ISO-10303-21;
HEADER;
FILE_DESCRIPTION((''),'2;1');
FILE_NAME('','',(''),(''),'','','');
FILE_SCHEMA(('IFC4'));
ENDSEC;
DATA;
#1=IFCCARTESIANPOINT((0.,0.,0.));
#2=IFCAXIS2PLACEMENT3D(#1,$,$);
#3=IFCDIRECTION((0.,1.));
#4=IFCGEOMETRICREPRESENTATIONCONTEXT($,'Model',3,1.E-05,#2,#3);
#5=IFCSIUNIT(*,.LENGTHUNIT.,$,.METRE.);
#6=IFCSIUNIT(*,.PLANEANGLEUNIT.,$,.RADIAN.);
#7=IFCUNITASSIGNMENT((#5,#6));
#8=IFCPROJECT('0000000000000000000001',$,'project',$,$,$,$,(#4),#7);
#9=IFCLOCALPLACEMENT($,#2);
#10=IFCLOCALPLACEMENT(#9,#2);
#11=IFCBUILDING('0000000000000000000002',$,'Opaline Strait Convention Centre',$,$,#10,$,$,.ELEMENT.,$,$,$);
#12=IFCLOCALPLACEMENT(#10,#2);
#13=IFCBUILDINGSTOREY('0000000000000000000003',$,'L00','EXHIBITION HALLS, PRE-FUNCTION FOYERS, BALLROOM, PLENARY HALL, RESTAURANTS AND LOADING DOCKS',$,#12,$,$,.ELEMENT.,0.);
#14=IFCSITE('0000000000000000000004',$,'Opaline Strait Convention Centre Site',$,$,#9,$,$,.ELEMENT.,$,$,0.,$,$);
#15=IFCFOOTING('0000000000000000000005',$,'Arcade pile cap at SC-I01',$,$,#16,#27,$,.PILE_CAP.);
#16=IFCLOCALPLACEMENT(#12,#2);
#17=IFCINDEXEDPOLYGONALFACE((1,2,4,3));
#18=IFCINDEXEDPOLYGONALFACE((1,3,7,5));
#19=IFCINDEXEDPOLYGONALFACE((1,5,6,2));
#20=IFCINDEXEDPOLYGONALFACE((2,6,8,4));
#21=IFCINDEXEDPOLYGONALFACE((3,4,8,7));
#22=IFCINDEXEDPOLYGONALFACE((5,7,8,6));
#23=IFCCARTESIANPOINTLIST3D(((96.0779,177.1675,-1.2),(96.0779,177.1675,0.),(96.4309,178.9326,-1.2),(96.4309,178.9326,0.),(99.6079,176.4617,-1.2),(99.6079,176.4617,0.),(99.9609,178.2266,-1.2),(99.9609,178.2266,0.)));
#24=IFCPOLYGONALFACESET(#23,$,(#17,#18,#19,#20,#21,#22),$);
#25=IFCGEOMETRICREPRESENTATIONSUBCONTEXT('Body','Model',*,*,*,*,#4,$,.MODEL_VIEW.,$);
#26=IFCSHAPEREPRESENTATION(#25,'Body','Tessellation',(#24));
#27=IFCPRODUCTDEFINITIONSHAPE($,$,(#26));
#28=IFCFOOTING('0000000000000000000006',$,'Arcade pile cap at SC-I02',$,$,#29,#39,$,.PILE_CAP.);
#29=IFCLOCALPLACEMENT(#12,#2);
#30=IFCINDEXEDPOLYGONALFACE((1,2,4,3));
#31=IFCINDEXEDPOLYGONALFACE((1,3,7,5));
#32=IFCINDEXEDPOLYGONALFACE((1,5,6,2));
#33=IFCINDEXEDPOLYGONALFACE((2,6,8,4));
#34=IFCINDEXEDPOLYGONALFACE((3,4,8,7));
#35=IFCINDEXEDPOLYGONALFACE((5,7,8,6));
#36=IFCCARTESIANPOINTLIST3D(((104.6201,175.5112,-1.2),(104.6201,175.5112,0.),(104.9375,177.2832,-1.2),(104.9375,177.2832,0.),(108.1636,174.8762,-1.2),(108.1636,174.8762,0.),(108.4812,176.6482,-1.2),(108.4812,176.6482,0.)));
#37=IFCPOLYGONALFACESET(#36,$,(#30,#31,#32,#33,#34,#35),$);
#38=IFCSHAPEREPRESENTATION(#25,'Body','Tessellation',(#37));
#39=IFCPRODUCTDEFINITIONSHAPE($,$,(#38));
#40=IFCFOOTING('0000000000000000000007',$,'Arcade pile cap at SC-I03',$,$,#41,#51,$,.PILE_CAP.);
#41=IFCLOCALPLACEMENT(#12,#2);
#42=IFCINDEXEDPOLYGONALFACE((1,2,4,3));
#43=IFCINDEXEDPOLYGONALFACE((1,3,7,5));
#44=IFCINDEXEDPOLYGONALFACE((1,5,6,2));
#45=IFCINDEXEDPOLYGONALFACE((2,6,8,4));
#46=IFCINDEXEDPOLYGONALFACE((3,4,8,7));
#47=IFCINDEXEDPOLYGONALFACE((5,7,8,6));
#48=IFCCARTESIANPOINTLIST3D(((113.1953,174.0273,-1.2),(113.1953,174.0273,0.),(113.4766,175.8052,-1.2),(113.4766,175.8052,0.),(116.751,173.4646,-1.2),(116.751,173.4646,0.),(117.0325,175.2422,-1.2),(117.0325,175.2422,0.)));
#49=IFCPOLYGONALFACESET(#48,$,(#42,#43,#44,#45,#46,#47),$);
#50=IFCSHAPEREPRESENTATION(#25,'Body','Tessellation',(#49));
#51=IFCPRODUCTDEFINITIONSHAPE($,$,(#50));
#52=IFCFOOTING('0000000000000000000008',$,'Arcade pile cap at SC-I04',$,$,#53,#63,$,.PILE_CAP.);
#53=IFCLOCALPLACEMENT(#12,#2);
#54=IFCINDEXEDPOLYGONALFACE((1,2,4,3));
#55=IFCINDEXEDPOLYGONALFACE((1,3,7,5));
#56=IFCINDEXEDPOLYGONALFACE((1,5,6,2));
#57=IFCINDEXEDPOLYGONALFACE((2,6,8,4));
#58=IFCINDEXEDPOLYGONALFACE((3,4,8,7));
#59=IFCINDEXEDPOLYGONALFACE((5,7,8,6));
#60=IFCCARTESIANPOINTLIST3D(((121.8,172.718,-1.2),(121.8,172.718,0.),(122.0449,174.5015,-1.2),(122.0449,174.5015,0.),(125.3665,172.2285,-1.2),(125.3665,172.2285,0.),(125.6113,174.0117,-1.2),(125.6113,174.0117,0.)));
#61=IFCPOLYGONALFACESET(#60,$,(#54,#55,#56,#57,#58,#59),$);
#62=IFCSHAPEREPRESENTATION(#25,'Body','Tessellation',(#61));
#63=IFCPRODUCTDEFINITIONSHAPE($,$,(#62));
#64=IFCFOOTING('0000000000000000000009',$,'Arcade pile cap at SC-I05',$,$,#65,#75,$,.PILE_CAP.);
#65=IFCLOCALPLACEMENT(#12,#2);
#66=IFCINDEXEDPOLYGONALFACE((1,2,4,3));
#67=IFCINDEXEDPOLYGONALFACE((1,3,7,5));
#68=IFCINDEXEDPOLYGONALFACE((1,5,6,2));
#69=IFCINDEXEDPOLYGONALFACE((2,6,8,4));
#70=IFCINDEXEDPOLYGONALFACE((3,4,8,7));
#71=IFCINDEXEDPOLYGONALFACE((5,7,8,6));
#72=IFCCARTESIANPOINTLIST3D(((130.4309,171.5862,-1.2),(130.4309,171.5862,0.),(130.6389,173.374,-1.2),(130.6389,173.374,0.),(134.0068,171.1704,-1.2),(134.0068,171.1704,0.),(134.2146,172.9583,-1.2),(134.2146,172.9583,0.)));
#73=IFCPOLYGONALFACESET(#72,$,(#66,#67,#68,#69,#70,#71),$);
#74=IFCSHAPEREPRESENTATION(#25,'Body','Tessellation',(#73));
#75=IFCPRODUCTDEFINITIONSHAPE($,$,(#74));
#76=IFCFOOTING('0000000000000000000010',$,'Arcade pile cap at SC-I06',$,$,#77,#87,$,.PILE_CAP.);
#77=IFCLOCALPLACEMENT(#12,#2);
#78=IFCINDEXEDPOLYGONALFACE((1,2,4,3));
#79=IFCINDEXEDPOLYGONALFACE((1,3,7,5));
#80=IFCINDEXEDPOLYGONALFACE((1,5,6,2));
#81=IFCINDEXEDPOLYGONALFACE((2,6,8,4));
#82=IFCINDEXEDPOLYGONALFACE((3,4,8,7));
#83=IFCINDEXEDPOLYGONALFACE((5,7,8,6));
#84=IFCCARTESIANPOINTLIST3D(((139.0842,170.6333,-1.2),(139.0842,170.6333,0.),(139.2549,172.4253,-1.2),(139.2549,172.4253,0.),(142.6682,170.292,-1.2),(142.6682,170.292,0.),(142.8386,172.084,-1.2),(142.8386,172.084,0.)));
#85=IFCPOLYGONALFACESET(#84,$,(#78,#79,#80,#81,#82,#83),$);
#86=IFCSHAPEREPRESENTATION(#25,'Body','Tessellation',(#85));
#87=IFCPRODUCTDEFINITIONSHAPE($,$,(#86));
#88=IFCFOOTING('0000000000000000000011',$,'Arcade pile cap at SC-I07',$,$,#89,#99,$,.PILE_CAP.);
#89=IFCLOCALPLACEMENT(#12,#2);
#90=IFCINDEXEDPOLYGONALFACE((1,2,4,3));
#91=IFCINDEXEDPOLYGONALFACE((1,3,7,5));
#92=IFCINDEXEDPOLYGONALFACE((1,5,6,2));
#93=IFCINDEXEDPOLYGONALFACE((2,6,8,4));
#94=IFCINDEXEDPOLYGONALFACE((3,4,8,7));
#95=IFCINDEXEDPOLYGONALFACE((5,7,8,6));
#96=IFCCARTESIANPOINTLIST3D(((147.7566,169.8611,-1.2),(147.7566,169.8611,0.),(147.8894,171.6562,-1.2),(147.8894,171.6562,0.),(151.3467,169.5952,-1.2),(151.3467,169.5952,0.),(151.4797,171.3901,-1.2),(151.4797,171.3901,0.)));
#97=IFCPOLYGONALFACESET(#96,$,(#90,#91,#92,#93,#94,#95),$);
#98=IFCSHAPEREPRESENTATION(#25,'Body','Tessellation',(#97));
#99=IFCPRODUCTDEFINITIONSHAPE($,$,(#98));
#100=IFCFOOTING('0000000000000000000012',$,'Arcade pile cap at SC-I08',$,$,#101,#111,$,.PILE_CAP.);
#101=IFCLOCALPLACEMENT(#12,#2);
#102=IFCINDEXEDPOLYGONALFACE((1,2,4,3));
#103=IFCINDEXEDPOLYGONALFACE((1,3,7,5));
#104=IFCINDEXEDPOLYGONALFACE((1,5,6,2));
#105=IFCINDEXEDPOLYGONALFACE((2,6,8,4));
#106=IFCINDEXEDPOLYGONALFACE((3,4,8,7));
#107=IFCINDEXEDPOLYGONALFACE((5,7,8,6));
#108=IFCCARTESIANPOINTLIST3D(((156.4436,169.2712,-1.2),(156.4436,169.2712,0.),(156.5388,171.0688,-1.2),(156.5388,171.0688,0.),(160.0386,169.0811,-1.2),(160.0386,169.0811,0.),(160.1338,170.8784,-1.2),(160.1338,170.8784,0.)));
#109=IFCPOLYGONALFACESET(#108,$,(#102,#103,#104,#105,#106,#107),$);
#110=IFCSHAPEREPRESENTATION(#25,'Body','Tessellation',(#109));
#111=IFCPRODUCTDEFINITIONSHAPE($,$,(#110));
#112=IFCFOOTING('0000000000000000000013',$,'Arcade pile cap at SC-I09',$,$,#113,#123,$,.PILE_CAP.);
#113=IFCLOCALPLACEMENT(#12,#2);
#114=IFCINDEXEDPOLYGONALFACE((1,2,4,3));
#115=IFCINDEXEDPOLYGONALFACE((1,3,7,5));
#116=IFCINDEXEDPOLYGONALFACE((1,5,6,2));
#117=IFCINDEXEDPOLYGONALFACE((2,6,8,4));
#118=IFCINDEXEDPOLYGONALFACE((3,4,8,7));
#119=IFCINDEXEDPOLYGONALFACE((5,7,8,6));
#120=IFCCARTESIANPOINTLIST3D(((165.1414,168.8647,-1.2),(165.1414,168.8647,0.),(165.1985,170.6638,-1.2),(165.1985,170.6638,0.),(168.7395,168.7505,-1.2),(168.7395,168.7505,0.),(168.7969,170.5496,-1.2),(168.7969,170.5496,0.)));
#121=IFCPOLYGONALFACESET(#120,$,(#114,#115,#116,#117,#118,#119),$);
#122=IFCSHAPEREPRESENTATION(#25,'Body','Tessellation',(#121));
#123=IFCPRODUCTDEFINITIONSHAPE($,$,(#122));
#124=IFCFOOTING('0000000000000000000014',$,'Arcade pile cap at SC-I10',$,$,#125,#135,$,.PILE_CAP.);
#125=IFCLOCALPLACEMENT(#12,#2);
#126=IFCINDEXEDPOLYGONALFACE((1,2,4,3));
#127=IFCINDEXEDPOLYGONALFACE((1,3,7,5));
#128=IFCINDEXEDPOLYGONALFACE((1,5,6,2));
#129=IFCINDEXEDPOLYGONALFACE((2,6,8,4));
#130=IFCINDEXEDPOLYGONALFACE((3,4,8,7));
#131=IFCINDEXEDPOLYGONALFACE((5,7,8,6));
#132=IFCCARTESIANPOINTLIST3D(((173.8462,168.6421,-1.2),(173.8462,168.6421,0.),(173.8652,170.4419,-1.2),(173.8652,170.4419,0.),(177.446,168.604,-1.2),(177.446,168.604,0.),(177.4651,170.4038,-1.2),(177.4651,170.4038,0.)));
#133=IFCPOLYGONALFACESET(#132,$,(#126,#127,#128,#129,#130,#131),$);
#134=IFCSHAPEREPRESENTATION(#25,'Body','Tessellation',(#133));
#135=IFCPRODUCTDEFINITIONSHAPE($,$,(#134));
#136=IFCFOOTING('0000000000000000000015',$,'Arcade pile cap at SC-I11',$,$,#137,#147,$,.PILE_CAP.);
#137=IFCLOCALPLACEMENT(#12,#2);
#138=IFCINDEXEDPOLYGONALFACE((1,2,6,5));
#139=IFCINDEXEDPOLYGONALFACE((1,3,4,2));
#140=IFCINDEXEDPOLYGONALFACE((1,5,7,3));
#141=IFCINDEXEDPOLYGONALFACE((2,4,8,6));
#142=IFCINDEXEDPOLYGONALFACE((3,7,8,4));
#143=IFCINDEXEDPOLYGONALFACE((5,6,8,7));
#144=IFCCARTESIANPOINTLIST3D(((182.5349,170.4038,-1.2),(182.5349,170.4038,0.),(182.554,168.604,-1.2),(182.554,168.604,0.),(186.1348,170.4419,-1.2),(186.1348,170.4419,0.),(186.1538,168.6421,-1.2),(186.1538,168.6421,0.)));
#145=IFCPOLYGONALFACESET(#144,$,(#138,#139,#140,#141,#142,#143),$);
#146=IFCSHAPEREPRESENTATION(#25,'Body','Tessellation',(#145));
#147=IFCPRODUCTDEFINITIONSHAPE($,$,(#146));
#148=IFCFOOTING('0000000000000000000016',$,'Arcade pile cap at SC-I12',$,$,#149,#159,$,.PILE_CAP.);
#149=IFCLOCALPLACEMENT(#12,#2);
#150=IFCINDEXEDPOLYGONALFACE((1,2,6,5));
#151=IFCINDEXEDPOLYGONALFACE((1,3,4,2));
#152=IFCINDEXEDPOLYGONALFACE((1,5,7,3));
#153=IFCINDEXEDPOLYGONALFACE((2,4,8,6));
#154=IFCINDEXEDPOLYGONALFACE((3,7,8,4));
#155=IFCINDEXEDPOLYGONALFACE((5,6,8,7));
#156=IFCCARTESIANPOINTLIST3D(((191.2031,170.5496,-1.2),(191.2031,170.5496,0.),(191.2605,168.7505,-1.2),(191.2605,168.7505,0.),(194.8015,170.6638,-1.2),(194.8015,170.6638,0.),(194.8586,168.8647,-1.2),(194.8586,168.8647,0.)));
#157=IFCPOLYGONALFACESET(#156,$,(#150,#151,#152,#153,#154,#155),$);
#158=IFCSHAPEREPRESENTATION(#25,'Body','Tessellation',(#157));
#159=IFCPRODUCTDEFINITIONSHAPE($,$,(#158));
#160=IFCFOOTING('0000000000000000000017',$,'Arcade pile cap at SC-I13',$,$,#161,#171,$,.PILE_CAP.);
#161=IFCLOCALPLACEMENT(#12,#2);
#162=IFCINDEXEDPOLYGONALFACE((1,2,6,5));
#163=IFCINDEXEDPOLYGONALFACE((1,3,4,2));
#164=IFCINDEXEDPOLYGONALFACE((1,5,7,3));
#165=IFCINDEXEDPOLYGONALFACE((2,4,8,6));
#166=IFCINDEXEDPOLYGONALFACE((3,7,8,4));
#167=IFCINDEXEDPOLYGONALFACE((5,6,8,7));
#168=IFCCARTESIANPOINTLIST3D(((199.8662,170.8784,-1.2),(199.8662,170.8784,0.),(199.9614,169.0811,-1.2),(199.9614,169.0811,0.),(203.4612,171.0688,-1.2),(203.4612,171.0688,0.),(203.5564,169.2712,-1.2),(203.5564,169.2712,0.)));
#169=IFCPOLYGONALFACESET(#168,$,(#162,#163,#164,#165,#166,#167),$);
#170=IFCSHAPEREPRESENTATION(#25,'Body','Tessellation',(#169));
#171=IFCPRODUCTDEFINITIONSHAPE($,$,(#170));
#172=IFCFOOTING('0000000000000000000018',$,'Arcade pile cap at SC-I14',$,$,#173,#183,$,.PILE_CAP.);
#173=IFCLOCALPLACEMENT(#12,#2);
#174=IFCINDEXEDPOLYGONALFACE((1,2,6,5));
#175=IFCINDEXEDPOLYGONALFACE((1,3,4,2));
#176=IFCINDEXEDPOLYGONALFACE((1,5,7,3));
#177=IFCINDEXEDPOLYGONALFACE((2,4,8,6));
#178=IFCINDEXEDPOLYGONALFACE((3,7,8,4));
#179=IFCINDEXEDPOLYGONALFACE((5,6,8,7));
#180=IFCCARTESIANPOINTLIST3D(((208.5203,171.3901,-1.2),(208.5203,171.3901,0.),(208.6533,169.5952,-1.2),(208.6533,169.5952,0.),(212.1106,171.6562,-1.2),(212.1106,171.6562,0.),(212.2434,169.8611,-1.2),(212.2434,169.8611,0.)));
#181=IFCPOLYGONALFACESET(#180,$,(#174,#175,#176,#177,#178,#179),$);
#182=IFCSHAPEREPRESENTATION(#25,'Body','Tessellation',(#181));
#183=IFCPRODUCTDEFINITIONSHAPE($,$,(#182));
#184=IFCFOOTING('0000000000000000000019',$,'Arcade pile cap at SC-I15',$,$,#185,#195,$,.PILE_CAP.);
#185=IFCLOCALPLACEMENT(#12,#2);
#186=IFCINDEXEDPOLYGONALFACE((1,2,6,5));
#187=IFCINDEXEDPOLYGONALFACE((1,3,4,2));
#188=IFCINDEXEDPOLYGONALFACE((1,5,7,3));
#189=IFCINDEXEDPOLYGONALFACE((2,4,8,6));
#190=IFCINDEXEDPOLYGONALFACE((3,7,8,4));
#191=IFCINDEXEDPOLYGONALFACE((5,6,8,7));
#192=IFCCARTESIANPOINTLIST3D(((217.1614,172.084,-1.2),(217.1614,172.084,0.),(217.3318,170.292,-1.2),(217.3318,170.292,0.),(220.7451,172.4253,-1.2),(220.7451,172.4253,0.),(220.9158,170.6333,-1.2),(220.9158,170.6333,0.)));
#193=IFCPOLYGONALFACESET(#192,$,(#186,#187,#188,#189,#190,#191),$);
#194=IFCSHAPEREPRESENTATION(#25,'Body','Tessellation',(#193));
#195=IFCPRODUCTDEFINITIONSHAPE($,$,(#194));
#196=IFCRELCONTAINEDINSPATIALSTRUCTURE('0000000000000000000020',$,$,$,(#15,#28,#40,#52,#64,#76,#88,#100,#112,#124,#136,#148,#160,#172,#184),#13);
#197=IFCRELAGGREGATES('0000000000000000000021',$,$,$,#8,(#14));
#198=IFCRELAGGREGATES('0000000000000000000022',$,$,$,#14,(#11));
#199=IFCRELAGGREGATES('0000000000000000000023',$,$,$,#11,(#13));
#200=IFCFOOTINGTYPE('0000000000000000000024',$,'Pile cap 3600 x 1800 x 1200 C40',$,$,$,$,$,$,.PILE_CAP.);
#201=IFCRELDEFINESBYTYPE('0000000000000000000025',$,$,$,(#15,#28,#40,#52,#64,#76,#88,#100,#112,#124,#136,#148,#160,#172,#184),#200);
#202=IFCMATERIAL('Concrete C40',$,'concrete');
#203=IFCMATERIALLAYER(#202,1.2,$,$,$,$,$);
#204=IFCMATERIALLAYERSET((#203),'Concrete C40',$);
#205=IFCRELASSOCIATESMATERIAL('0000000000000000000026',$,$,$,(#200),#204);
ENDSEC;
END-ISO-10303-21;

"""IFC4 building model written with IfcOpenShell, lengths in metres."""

from ifc_helpers import new_model, si_unit, direction, frame, origin, place, context, subcontext, project, spatial, polyline, outline, extrude, material, layer, layer_set, type_object, element, save


model = new_model("IFC4")

# Units and contexts
model_context = context("Model", 3, precision=1e-05, world=origin(), true_north=direction((0.0, 1.0)))
body_context = subcontext(model_context, "Body", "Model", "MODEL_VIEW")
ifc_project = project(units=[si_unit("LENGTHUNIT", "METRE"), si_unit("PLANEANGLEUNIT", "RADIAN")], contexts=[model_context])

# Site, building, storey
site_placement = place(None, origin())
site = spatial("IfcSite", under=ifc_project, at=site_placement, Name="Opaline Strait Convention Centre Site", CompositionType="ELEMENT", RefElevation=0.0)
building_placement = place(site_placement, origin())
building = spatial("IfcBuilding", under=site, at=building_placement, Name="Opaline Strait Convention Centre", CompositionType="ELEMENT")
storey_placement = place(building_placement, origin())
storey = spatial("IfcBuildingStorey", under=building, at=storey_placement, Name="L00", Description="EXHIBITION HALLS, PRE-FUNCTION FOYERS, BALLROOM, PLENARY HALL, RESTAURANTS AND LOADING DOCKS", CompositionType="ELEMENT", Elevation=0.0)

# Footings
ifc_material = material(Name="Concrete C40", Category="concrete")
ifc_layer_1 = layer(ifc_material, 1.2)
ifc_layer_set_1 = layer_set([ifc_layer_1], Name="Concrete C40")
footing_type_1 = type_object("IfcFootingType", Name="Pile cap 3600 x 1800 x 1200 C40", PredefinedType="PILE_CAP", material=ifc_layer_set_1)
footing_1_placement = place(storey_placement, frame((0.0, 0.0, -1.2)))
element("IfcFooting", 1, at=footing_1_placement, inside=storey, type_object=footing_type_1, Name="Arcade pile cap at SC-I01", PredefinedType="PILE_CAP", context=body_context, shape_type="SweptSolid", body=[
    extrude(outline(polyline([(96.0779, 177.1675), (99.6079, 176.4617), (99.9609, 178.2266), (96.4309, 178.9326), (96.0779, 177.1675)])), origin(), (0.0, 0.0, 1.0), 1.2),
])
footing_2_placement = place(storey_placement, frame((0.0, 0.0, -1.2)))
element("IfcFooting", 2, at=footing_2_placement, inside=storey, type_object=footing_type_1, Name="Arcade pile cap at SC-I02", PredefinedType="PILE_CAP", context=body_context, shape_type="SweptSolid", body=[
    extrude(outline(polyline([(104.6201, 175.5112), (108.1636, 174.8762), (108.4812, 176.6482), (104.9375, 177.2832), (104.6201, 175.5112)])), origin(), (0.0, 0.0, 1.0), 1.2),
])
footing_3_placement = place(storey_placement, frame((0.0, 0.0, -1.2)))
element("IfcFooting", 3, at=footing_3_placement, inside=storey, type_object=footing_type_1, Name="Arcade pile cap at SC-I03", PredefinedType="PILE_CAP", context=body_context, shape_type="SweptSolid", body=[
    extrude(outline(polyline([(113.1953, 174.0273), (116.751, 173.4646), (117.0325, 175.2422), (113.4766, 175.8052), (113.1953, 174.0273)])), origin(), (0.0, 0.0, 1.0), 1.2),
])
footing_4_placement = place(storey_placement, frame((0.0, 0.0, -1.2)))
element("IfcFooting", 4, at=footing_4_placement, inside=storey, type_object=footing_type_1, Name="Arcade pile cap at SC-I04", PredefinedType="PILE_CAP", context=body_context, shape_type="SweptSolid", body=[
    extrude(outline(polyline([(121.8, 172.718), (125.3665, 172.2285), (125.6113, 174.0117), (122.0449, 174.5015), (121.8, 172.718)])), origin(), (0.0, 0.0, 1.0), 1.2),
])
footing_5_placement = place(storey_placement, frame((0.0, 0.0, -1.2)))
element("IfcFooting", 5, at=footing_5_placement, inside=storey, type_object=footing_type_1, Name="Arcade pile cap at SC-I05", PredefinedType="PILE_CAP", context=body_context, shape_type="SweptSolid", body=[
    extrude(outline(polyline([(130.4309, 171.5862), (134.0068, 171.1704), (134.2146, 172.9583), (130.6389, 173.374), (130.4309, 171.5862)])), origin(), (0.0, 0.0, 1.0), 1.2),
])
footing_6_placement = place(storey_placement, frame((0.0, 0.0, -1.2)))
element("IfcFooting", 6, at=footing_6_placement, inside=storey, type_object=footing_type_1, Name="Arcade pile cap at SC-I06", PredefinedType="PILE_CAP", context=body_context, shape_type="SweptSolid", body=[
    extrude(outline(polyline([(139.0842, 170.6333), (142.6682, 170.292), (142.8386, 172.084), (139.2549, 172.4253), (139.0842, 170.6333)])), origin(), (0.0, 0.0, 1.0), 1.2),
])
footing_7_placement = place(storey_placement, frame((0.0, 0.0, -1.2)))
element("IfcFooting", 7, at=footing_7_placement, inside=storey, type_object=footing_type_1, Name="Arcade pile cap at SC-I07", PredefinedType="PILE_CAP", context=body_context, shape_type="SweptSolid", body=[
    extrude(outline(polyline([(147.7566, 169.8611), (151.3467, 169.5952), (151.4797, 171.3901), (147.8894, 171.6562), (147.7566, 169.8611)])), origin(), (0.0, 0.0, 1.0), 1.2),
])
footing_8_placement = place(storey_placement, frame((0.0, 0.0, -1.2)))
element("IfcFooting", 8, at=footing_8_placement, inside=storey, type_object=footing_type_1, Name="Arcade pile cap at SC-I08", PredefinedType="PILE_CAP", context=body_context, shape_type="SweptSolid", body=[
    extrude(outline(polyline([(156.4436, 169.2712), (160.0386, 169.0811), (160.1338, 170.8784), (156.5388, 171.0688), (156.4436, 169.2712)])), origin(), (0.0, 0.0, 1.0), 1.2),
])
footing_9_placement = place(storey_placement, frame((0.0, 0.0, -1.2)))
element("IfcFooting", 9, at=footing_9_placement, inside=storey, type_object=footing_type_1, Name="Arcade pile cap at SC-I09", PredefinedType="PILE_CAP", context=body_context, shape_type="SweptSolid", body=[
    extrude(outline(polyline([(165.1414, 168.8647), (168.7395, 168.7505), (168.7969, 170.5496), (165.1985, 170.6638), (165.1414, 168.8647)])), origin(), (0.0, 0.0, 1.0), 1.2),
])
footing_10_placement = place(storey_placement, frame((0.0, 0.0, -1.2)))
element("IfcFooting", 10, at=footing_10_placement, inside=storey, type_object=footing_type_1, Name="Arcade pile cap at SC-I10", PredefinedType="PILE_CAP", context=body_context, shape_type="SweptSolid", body=[
    extrude(outline(polyline([(173.8462, 168.6421), (177.446, 168.604), (177.4651, 170.4038), (173.8652, 170.4419), (173.8462, 168.6421)])), origin(), (0.0, 0.0, 1.0), 1.2),
])
footing_11_placement = place(storey_placement, frame((0.0, 0.0, -1.2)))
element("IfcFooting", 11, at=footing_11_placement, inside=storey, type_object=footing_type_1, Name="Arcade pile cap at SC-I11", PredefinedType="PILE_CAP", context=body_context, shape_type="SweptSolid", body=[
    extrude(outline(polyline([(182.554, 168.604), (186.1538, 168.6421), (186.1348, 170.4419), (182.5349, 170.4038), (182.554, 168.604)])), origin(), (0.0, 0.0, 1.0), 1.2),
])
footing_12_placement = place(storey_placement, frame((0.0, 0.0, -1.2)))
element("IfcFooting", 12, at=footing_12_placement, inside=storey, type_object=footing_type_1, Name="Arcade pile cap at SC-I12", PredefinedType="PILE_CAP", context=body_context, shape_type="SweptSolid", body=[
    extrude(outline(polyline([(191.2605, 168.7505), (194.8586, 168.8647), (194.8015, 170.6638), (191.2031, 170.5496), (191.2605, 168.7505)])), origin(), (0.0, 0.0, 1.0), 1.2),
])
footing_13_placement = place(storey_placement, frame((0.0, 0.0, -1.2)))
element("IfcFooting", 13, at=footing_13_placement, inside=storey, type_object=footing_type_1, Name="Arcade pile cap at SC-I13", PredefinedType="PILE_CAP", context=body_context, shape_type="SweptSolid", body=[
    extrude(outline(polyline([(199.9614, 169.0811), (203.5564, 169.2712), (203.4612, 171.0688), (199.8662, 170.8784), (199.9614, 169.0811)])), origin(), (0.0, 0.0, 1.0), 1.2),
])
footing_14_placement = place(storey_placement, frame((0.0, 0.0, -1.2)))
element("IfcFooting", 14, at=footing_14_placement, inside=storey, type_object=footing_type_1, Name="Arcade pile cap at SC-I14", PredefinedType="PILE_CAP", context=body_context, shape_type="SweptSolid", body=[
    extrude(outline(polyline([(208.6533, 169.5952), (212.2434, 169.8611), (212.1106, 171.6562), (208.5203, 171.3901), (208.6533, 169.5952)])), origin(), (0.0, 0.0, 1.0), 1.2),
])
footing_15_placement = place(storey_placement, frame((0.0, 0.0, -1.2)))
element("IfcFooting", 15, at=footing_15_placement, inside=storey, type_object=footing_type_1, Name="Arcade pile cap at SC-I15", PredefinedType="PILE_CAP", context=body_context, shape_type="SweptSolid", body=[
    extrude(outline(polyline([(217.3318, 170.292), (220.9158, 170.6333), (220.7451, 172.4253), (217.1614, 172.084), (217.3318, 170.292)])), origin(), (0.0, 0.0, 1.0), 1.2),
])

save(model, "model.ifc")
